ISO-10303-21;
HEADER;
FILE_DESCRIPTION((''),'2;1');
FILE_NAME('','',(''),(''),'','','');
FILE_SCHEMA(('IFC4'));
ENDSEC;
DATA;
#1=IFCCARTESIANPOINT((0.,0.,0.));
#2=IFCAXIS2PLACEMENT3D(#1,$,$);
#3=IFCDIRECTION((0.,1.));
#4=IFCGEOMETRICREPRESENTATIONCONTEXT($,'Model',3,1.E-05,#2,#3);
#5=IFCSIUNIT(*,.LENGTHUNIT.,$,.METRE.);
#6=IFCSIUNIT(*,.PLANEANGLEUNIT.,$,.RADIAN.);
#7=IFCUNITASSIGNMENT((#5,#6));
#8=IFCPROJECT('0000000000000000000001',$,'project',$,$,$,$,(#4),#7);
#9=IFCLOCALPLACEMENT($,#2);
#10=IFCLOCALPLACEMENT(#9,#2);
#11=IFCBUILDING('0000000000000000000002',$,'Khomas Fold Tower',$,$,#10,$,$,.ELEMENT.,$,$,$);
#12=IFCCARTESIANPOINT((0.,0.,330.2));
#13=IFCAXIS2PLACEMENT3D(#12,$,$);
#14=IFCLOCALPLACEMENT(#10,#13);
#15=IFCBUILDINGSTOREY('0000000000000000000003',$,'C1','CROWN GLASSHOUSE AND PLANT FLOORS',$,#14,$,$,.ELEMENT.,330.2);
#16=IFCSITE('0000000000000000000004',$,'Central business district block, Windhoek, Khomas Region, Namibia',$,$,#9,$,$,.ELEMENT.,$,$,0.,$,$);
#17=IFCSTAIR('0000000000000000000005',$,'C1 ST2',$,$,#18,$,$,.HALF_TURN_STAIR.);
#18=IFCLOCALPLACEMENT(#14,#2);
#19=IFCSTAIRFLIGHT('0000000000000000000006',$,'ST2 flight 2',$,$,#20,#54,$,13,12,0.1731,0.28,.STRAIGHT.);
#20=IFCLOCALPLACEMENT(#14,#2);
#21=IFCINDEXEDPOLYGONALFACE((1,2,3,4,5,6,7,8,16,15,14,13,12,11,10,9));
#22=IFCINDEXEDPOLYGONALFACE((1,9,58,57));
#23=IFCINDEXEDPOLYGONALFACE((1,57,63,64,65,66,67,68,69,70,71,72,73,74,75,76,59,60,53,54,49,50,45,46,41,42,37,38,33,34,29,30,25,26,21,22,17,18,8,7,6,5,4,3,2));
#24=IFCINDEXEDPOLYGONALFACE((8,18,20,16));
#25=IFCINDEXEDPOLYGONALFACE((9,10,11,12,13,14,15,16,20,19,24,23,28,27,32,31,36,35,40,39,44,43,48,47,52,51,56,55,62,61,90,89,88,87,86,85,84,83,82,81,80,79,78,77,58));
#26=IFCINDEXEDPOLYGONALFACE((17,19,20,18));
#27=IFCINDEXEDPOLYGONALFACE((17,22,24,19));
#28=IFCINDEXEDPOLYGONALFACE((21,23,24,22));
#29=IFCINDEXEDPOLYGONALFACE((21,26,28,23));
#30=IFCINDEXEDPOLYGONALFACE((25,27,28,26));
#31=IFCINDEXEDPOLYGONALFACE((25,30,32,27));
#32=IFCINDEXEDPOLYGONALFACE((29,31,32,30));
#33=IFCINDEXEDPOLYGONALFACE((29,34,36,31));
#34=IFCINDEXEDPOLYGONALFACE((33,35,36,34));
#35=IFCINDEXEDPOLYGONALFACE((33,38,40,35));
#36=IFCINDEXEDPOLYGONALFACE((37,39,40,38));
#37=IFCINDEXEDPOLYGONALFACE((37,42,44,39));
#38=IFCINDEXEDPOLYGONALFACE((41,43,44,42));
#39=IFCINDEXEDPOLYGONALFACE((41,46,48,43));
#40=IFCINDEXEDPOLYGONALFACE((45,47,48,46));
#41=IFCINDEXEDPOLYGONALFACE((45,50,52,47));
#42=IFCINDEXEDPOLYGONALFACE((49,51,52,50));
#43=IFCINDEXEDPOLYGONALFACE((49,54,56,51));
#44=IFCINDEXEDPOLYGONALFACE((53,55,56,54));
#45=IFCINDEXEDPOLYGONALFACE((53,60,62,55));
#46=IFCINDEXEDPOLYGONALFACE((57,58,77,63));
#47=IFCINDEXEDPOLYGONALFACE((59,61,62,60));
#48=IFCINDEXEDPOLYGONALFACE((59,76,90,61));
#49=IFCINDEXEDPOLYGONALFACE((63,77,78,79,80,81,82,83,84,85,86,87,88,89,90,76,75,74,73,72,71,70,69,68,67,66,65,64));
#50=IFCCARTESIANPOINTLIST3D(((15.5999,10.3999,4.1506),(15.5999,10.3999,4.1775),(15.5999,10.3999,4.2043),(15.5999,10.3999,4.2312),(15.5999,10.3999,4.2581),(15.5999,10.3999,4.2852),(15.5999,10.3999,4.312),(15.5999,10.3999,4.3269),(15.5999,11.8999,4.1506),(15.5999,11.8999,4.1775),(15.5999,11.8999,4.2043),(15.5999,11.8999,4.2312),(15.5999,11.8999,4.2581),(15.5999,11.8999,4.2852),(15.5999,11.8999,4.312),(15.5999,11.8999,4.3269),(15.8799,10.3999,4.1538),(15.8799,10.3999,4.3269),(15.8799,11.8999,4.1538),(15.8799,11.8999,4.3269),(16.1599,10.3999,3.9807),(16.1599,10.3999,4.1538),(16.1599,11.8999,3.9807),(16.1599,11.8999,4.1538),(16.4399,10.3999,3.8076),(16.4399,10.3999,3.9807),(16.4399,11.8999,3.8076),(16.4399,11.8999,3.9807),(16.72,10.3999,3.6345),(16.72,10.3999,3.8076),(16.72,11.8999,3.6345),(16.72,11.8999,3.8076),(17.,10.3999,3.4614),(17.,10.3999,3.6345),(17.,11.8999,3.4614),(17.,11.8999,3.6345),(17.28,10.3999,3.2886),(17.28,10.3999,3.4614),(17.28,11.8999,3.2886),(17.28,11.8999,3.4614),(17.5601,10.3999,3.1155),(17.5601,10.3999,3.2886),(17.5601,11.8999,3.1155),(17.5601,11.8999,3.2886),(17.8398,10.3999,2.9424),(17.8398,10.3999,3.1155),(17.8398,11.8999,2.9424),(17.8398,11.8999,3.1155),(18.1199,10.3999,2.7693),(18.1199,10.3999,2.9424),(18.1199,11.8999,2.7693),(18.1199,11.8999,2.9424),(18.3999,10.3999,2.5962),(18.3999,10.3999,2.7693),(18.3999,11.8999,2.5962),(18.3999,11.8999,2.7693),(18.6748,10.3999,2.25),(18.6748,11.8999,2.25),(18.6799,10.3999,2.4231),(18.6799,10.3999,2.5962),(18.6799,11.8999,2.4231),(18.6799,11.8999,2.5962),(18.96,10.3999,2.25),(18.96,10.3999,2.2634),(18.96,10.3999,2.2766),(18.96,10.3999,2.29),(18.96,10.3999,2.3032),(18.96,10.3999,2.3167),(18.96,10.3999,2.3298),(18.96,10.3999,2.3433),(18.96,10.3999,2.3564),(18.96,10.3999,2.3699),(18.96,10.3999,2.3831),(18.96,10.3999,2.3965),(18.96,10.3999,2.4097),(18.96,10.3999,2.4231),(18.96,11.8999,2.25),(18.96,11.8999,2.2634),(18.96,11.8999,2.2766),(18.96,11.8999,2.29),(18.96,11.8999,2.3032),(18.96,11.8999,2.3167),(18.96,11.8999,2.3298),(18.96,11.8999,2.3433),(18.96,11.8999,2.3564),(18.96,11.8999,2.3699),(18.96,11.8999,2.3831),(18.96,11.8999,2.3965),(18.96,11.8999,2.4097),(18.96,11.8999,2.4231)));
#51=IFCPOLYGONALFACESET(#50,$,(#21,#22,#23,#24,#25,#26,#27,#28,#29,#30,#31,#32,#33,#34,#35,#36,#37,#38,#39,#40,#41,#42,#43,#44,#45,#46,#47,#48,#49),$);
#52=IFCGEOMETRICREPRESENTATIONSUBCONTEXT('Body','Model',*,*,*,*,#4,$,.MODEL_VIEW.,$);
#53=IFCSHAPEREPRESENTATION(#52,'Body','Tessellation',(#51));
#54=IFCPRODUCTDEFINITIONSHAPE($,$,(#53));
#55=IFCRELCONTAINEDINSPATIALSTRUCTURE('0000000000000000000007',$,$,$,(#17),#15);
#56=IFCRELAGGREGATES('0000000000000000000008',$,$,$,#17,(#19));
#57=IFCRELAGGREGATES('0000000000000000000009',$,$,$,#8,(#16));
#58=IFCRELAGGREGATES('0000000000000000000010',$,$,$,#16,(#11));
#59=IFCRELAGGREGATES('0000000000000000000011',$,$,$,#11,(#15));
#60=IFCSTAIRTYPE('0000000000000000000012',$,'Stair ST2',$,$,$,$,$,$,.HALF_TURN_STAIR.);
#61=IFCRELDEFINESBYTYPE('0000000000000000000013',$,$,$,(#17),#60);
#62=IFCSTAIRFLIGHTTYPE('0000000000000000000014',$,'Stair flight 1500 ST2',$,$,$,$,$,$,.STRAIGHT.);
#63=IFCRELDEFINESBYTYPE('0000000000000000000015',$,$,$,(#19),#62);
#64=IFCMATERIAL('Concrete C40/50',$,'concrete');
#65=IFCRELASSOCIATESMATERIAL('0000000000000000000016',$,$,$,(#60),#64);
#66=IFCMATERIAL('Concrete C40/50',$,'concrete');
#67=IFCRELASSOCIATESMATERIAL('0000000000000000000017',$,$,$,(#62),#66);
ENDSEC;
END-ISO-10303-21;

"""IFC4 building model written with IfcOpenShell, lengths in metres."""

from ifc_helpers import new_model, si_unit, direction, frame, origin, place, context, subcontext, project, spatial, polyline, outline, extrude, source, transform, mapped, material, type_object, element, aggregate, save


model = new_model("IFC4")

# Units and contexts
model_context = context("Model", 3, precision=1e-05, world=origin(), true_north=direction((0.0, 1.0)))
body_context = subcontext(model_context, "Body", "Model", "MODEL_VIEW")
ifc_project = project(units=[si_unit("LENGTHUNIT", "METRE"), si_unit("PLANEANGLEUNIT", "RADIAN")], contexts=[model_context])

# Site, building, storey
site_placement = place(None, origin())
site = spatial("IfcSite", under=ifc_project, at=site_placement, Name="Central business district block, Windhoek, Khomas Region, Namibia", CompositionType="ELEMENT", RefElevation=0.0)
building_placement = place(site_placement, origin())
building = spatial("IfcBuilding", under=site, at=building_placement, Name="Khomas Fold Tower", CompositionType="ELEMENT")
storey_placement = place(building_placement, frame((0.0, 0.0, 330.2)))
storey = spatial("IfcBuildingStorey", under=building, at=storey_placement, Name="C1", Description="CROWN GLASSHOUSE AND PLANT FLOORS", CompositionType="ELEMENT", Elevation=330.2)

# Stair, stair flight
ifc_material_1 = material(Name="Concrete C40/50", Category="concrete")
stair_type = type_object("IfcStairType", Name="Stair ST2", PredefinedType="HALF_TURN_STAIR", material=ifc_material_1)
stair_placement = place(storey_placement, origin())
stair = element("IfcStair", 1, at=stair_placement, inside=storey, type_object=stair_type, Name="C1 ST2", PredefinedType="HALF_TURN_STAIR")
ifc_material_2 = material(Name="Concrete C40/50", Category="concrete")
stair_flight_type = type_object("IfcStairFlightType", Name="Stair flight 1500 ST2", PredefinedType="STRAIGHT", material=ifc_material_2)
shared_shape_1 = source(origin(), body_context, "Body", "SweptSolid", [
    extrude(outline(polyline([(0.0, 0.0), (0.0, 0.0134), (0.0, 0.0266), (0.0, 0.04), (0.0, 0.0532), (0.0, 0.0667), (0.0, 0.0798), (0.0, 0.0933), (0.0, 0.1064), (0.0, 0.1199), (0.0, 0.1331), (0.0, 0.1465), (0.0, 0.1597), (0.0, 0.1731), (0.28, 0.1731), (0.28, 0.3462), (0.5601, 0.3462), (0.5601, 0.5193), (0.8401, 0.5193), (0.8401, 0.6924), (1.1201, 0.6924), (1.1201, 0.8655), (1.3999, 0.8655), (1.3999, 1.0386), (1.6799, 1.0386), (1.6799, 1.2114), (1.96, 1.2114), (1.96, 1.3845), (2.24, 1.3845), (2.24, 1.5576), (2.52, 1.5576), (2.52, 1.7307), (2.8, 1.7307), (2.8, 1.9038), (3.0801, 1.9038), (3.0801, 2.0769), (3.3601, 2.0769), (3.3601, 2.25), (3.3601, 2.2231), (3.3601, 2.1963), (3.3601, 2.1694), (3.3601, 2.1426), (3.3601, 2.1157), (3.3601, 2.0889), (3.3601, 2.062), (3.3601, 2.0352), (3.3601, 2.0081), (3.3601, 1.9812), (3.3601, 1.9543), (3.3601, 1.9275), (3.3601, 1.9006), (0.2852, 0.0), (0.0, 0.0)])), frame((0.0, 0.75, 0.0), z_axis=(0.0, -1.0, 0.0), x_axis=(1.0, 0.0, 0.0)), (0.0, 0.0, 1.0), 1.5),
])
stair_flight_1_placement = place(storey_placement, frame((18.96, 11.1499, 2.25), z_axis=(0.0, 0.0, 1.0), x_axis=(-1.0, 0.0, 0.0)))
stair_flight_1 = element("IfcStairFlight", 2, at=stair_flight_1_placement, type_object=stair_flight_type, Name="ST2 flight 2", NumberOfRisers=13, NumberOfTreads=12, PredefinedType="STRAIGHT", RiserHeight=0.1731, TreadLength=0.28, context=body_context, shape_type="MappedRepresentation", body=[
    mapped(shared_shape_1, transform((0.0, 0.0, 0.0))),
])
aggregate(stair, [stair_flight_1])

save(model, "model.ifc")
